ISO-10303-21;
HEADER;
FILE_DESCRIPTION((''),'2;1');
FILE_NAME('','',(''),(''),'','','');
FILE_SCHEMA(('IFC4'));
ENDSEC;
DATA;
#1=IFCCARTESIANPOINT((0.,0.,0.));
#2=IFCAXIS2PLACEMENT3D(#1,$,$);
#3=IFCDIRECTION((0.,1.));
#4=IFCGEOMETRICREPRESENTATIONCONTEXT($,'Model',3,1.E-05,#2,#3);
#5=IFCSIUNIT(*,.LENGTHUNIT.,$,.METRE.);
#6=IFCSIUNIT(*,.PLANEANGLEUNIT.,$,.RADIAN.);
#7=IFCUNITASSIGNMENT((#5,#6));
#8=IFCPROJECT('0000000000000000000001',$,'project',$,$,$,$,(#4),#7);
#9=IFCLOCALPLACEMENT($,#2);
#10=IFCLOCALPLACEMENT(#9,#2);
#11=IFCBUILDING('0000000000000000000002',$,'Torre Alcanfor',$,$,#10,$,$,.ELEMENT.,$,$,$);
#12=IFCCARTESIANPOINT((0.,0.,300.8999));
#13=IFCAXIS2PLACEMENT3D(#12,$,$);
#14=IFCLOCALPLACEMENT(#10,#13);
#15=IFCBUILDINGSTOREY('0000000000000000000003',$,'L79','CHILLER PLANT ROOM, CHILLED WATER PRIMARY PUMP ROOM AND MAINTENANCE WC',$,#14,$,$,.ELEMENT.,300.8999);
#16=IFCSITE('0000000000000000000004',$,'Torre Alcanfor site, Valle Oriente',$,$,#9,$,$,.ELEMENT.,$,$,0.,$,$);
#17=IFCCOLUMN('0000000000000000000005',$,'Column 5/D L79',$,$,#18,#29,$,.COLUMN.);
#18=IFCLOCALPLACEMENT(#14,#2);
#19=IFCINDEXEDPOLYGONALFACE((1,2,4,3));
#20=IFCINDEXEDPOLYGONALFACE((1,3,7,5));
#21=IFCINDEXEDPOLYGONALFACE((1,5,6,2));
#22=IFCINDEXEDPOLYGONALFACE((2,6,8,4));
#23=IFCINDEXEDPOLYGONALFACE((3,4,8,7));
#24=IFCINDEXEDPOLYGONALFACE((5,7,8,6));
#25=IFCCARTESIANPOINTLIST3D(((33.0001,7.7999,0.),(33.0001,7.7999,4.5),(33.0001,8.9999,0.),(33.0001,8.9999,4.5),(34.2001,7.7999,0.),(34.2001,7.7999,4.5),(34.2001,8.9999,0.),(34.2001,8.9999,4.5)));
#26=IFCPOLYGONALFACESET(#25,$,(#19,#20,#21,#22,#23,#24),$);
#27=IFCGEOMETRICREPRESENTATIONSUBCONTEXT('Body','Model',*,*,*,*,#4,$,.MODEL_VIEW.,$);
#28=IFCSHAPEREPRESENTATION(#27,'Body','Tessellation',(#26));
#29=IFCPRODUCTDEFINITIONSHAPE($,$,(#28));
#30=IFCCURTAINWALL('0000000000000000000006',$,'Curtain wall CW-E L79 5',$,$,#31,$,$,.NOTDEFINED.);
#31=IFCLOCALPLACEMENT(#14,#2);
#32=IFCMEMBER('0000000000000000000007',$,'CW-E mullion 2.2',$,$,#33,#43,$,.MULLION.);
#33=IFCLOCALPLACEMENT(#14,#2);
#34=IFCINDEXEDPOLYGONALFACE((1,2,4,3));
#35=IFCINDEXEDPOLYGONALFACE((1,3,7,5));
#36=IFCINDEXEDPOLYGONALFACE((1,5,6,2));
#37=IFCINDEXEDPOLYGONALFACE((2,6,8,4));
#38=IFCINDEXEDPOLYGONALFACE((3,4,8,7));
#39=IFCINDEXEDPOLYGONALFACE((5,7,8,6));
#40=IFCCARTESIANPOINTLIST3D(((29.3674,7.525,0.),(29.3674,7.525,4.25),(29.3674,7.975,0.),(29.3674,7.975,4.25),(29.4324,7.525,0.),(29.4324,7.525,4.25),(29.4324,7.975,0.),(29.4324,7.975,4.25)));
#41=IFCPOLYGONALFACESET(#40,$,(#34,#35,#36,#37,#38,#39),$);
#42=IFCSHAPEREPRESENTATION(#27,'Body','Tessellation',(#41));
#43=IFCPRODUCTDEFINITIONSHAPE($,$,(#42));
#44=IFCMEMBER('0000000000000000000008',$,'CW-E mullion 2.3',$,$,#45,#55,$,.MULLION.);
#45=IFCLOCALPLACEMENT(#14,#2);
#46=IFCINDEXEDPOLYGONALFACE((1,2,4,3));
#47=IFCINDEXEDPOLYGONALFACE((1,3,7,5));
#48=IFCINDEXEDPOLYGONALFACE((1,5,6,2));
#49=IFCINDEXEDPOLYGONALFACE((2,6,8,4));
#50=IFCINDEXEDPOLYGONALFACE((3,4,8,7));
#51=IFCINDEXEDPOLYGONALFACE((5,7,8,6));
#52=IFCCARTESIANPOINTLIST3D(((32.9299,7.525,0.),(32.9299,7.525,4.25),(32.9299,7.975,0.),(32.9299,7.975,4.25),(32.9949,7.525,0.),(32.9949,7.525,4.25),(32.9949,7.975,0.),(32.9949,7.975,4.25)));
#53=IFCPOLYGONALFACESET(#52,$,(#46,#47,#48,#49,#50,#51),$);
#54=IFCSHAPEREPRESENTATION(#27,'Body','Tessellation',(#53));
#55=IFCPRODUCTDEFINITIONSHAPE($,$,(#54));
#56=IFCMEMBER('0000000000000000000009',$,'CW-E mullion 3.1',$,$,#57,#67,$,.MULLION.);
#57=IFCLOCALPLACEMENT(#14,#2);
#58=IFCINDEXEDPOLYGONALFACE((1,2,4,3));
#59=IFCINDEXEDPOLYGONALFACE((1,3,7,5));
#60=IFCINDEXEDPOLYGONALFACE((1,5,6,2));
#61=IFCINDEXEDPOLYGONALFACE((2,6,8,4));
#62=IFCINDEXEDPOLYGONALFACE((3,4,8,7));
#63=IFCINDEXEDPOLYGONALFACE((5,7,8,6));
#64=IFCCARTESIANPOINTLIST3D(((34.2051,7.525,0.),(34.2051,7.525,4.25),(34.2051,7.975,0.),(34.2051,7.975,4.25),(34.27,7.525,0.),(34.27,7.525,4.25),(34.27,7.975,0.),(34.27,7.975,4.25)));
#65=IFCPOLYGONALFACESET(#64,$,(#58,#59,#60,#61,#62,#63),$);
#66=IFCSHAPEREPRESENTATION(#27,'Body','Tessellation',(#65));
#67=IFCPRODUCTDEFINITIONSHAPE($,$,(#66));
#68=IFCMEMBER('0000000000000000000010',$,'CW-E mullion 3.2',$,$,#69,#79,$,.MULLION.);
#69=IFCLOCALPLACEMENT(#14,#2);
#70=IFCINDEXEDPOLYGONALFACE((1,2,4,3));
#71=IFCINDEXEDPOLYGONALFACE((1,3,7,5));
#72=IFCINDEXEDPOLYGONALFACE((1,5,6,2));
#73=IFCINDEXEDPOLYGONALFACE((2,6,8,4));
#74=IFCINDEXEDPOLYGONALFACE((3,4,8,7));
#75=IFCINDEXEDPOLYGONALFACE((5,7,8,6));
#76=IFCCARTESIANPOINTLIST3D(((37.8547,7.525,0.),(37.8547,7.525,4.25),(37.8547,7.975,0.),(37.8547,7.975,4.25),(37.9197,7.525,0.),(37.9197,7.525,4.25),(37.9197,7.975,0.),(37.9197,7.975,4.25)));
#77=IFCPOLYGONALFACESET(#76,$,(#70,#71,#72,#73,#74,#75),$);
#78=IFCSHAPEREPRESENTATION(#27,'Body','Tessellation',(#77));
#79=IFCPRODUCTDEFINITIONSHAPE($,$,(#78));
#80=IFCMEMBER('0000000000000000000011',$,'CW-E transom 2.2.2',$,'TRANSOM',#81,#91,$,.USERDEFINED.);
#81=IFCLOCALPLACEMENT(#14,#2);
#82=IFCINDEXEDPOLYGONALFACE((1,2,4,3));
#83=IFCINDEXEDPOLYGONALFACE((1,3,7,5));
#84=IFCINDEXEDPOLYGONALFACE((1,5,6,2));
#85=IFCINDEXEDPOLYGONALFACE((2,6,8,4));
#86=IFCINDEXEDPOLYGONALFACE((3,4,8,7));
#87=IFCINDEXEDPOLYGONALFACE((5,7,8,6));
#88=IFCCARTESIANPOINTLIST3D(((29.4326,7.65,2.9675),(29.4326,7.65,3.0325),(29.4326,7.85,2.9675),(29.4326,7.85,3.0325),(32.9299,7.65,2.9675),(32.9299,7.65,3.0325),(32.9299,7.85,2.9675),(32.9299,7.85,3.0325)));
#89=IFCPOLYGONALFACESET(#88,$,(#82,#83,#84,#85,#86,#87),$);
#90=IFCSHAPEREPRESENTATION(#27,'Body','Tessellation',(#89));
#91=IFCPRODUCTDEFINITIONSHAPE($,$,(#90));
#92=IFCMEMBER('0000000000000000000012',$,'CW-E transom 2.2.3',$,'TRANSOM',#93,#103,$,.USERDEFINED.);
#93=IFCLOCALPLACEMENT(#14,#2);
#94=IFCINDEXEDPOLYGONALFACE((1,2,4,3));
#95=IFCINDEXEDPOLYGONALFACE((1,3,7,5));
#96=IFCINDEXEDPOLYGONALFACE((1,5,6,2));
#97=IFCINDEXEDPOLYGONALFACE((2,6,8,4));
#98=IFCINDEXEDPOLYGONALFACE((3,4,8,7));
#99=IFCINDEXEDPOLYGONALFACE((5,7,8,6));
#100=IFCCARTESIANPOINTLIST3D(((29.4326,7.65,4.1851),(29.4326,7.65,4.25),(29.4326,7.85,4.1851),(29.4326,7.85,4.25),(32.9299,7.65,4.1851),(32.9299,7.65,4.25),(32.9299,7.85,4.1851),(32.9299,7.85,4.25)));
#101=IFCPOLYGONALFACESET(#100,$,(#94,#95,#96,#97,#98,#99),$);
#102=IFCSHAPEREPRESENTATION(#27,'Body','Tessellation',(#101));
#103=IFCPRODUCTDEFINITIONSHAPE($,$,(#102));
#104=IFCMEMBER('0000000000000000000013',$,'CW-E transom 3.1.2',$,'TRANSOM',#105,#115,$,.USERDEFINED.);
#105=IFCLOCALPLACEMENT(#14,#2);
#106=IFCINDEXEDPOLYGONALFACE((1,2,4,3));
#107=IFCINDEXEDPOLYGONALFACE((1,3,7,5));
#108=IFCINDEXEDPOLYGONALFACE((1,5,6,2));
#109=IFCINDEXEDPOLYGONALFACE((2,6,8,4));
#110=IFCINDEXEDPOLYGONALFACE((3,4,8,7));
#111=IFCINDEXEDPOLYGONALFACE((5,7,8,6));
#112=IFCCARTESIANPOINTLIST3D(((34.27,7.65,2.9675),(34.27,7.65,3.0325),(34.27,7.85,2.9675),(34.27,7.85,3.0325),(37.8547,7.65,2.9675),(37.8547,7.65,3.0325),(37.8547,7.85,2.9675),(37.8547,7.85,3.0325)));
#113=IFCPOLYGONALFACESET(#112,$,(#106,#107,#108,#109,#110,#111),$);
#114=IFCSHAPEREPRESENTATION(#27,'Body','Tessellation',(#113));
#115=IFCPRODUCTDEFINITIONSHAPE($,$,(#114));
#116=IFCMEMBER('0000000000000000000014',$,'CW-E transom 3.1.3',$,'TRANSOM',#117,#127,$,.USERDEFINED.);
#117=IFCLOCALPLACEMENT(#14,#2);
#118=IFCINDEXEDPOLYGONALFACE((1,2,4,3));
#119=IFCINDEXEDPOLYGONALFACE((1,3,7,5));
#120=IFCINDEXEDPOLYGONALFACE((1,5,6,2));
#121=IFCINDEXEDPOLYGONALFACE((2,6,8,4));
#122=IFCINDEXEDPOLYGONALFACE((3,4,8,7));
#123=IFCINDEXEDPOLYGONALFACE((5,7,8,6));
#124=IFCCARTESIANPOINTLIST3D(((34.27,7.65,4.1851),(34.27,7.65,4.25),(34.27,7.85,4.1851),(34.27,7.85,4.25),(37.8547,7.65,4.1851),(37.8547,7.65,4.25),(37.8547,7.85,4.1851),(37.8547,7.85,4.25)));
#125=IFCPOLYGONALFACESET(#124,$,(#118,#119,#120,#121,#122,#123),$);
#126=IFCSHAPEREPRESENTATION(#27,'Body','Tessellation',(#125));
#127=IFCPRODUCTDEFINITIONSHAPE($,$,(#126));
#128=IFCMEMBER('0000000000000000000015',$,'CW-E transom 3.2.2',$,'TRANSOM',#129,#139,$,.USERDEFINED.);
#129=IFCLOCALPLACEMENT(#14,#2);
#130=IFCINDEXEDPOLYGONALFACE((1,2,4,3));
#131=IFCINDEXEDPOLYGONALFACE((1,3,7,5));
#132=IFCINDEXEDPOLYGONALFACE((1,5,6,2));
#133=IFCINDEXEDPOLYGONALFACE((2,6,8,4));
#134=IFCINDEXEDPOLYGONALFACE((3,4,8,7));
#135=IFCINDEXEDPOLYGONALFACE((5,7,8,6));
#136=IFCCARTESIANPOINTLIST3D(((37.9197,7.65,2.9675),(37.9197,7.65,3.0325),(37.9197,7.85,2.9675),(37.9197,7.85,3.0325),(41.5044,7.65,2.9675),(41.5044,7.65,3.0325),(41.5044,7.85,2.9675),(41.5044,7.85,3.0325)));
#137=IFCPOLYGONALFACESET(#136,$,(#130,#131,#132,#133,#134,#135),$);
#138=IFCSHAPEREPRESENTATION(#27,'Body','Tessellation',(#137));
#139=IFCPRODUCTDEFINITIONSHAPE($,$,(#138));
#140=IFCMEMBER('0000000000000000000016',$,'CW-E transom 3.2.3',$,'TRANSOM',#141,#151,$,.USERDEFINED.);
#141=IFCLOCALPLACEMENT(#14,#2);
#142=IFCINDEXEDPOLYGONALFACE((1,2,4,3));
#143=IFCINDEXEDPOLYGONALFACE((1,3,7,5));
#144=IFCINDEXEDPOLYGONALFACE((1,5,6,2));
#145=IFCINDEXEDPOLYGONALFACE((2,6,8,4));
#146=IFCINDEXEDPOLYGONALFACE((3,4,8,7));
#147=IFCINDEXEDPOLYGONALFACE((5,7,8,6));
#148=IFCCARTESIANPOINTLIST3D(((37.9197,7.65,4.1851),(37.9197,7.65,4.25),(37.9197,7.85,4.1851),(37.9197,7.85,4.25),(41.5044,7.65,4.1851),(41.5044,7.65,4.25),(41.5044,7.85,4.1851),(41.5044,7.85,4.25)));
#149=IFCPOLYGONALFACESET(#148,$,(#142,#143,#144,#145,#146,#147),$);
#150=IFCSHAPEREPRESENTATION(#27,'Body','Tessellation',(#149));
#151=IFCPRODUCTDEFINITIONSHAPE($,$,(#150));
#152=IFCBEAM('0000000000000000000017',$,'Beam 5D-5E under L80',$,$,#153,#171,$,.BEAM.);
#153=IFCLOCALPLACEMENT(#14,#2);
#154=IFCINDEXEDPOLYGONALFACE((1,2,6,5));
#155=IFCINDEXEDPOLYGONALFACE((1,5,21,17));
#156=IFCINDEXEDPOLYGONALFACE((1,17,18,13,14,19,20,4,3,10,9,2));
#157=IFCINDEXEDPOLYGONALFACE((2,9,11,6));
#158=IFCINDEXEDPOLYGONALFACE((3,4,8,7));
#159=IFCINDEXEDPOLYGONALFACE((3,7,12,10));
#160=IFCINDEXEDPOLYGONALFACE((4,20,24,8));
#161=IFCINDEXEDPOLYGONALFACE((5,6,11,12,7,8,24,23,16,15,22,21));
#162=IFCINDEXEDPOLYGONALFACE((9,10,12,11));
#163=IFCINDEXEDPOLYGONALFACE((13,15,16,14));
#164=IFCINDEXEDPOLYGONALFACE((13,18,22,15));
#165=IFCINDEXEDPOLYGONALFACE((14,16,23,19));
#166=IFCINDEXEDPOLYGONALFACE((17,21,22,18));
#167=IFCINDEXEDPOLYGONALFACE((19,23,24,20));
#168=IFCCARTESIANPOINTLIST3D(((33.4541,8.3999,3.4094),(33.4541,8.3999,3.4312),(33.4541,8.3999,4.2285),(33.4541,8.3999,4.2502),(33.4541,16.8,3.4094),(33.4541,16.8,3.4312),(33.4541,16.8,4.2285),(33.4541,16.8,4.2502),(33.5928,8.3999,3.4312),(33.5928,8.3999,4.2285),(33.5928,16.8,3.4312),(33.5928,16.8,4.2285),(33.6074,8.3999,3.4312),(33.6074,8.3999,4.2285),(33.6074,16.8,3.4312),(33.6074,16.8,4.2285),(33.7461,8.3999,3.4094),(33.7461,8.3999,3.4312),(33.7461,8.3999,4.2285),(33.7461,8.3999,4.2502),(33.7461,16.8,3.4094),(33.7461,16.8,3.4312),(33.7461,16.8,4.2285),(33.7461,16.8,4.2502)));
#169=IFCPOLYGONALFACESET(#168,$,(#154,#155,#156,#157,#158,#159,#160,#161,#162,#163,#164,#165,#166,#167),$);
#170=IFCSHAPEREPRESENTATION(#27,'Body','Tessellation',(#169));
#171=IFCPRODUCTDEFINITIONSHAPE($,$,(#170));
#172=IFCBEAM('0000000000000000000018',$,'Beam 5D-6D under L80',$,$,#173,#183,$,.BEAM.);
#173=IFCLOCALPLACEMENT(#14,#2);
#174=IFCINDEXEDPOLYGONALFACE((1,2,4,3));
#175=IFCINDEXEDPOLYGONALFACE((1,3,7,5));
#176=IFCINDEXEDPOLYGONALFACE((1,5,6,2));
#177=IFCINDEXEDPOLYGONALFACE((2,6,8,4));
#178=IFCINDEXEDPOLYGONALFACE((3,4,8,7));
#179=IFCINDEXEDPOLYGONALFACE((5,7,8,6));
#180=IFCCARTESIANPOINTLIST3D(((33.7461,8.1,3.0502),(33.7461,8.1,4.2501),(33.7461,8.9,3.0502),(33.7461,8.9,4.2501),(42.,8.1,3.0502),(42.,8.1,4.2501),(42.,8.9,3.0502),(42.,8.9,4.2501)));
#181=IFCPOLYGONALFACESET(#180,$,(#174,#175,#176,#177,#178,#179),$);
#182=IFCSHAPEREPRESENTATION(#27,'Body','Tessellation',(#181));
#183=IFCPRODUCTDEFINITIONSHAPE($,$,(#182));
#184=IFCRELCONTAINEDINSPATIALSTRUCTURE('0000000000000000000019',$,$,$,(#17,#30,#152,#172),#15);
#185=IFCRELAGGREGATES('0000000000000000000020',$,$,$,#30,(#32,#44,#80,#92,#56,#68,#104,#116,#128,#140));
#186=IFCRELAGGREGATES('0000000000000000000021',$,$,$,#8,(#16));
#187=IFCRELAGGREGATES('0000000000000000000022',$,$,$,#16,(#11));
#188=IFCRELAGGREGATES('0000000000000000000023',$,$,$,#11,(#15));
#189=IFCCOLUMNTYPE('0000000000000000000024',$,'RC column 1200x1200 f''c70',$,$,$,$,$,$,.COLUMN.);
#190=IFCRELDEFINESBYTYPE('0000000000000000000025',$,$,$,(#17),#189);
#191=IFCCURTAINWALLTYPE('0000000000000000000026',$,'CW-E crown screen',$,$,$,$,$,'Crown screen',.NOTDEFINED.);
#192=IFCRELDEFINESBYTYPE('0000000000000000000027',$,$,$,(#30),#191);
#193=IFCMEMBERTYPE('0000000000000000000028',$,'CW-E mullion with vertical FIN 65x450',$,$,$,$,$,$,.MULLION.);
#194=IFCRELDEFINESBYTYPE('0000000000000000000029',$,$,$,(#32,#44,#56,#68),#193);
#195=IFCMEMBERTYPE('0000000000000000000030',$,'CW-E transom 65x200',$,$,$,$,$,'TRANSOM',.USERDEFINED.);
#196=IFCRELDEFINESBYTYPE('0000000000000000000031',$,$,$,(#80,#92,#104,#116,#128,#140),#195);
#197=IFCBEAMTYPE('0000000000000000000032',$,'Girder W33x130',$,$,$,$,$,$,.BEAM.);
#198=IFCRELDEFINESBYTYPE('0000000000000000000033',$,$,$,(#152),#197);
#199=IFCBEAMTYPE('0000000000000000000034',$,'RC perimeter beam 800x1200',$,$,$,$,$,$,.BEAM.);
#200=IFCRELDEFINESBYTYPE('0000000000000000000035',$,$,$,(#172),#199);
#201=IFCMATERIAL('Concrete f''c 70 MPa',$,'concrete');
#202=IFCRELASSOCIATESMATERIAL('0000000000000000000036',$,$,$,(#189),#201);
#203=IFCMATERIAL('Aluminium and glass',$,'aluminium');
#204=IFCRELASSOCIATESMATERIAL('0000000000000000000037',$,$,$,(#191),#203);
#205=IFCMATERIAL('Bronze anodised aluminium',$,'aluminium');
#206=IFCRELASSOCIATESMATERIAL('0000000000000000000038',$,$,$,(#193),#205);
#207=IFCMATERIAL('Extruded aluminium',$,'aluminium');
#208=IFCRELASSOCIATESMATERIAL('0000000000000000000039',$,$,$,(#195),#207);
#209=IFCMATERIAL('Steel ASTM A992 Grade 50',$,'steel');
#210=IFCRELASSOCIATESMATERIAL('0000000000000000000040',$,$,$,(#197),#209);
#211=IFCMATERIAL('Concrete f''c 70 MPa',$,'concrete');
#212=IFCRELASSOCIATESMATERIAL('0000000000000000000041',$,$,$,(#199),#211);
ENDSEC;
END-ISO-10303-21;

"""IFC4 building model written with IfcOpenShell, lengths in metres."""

from ifc_helpers import new_model, si_unit, direction, frame, origin, origin_2d, place, context, subcontext, project, spatial, rectangle, i_section, extrude, material, material_profile, profile_set, type_object, element, aggregate, save


model = new_model("IFC4")

# Units and contexts
model_context = context("Model", 3, precision=1e-05, world=origin(), true_north=direction((0.0, 1.0)))
body_context = subcontext(model_context, "Body", "Model", "MODEL_VIEW")
ifc_project = project(units=[si_unit("LENGTHUNIT", "METRE"), si_unit("PLANEANGLEUNIT", "RADIAN")], contexts=[model_context])

# Site, building, storey
site_placement = place(None, origin())
site = spatial("IfcSite", under=ifc_project, at=site_placement, Name="Torre Alcanfor site, Valle Oriente", CompositionType="ELEMENT", RefElevation=0.0)
building_placement = place(site_placement, origin())
building = spatial("IfcBuilding", under=site, at=building_placement, Name="Torre Alcanfor", CompositionType="ELEMENT")
storey_placement = place(building_placement, frame((0.0, 0.0, 300.8999)))
storey = spatial("IfcBuildingStorey", under=building, at=storey_placement, Name="L79", Description="CHILLER PLANT ROOM, CHILLED WATER PRIMARY PUMP ROOM AND MAINTENANCE WC", CompositionType="ELEMENT", Elevation=300.8999)

# Column
ifc_material_1 = material(Name="Concrete f'c 70 MPa", Category="concrete")
ifc_material_profile_1 = material_profile(ifc_material_1, rectangle(XDim=1.2, YDim=1.2, at=origin_2d()), Name="1200x1200")
ifc_profile_set_1 = profile_set([ifc_material_profile_1], Name="Concrete f'c 70 MPa")
column_type = type_object("IfcColumnType", Name="RC column 1200x1200 f'c70", PredefinedType="COLUMN", material=ifc_profile_set_1)
column_placement = place(storey_placement, frame((33.6001, 8.3999, 0.0), z_axis=(0.0, 0.0, 1.0), x_axis=(1.0, 0.0, 0.0)))
element("IfcColumn", 1, at=column_placement, inside=storey, type_object=column_type, Name="Column 5/D L79", PredefinedType="COLUMN", context=body_context, shape_type="SweptSolid", body=[
    extrude(rectangle(XDim=1.2, YDim=1.2, at=origin_2d()), origin(), (0.0, 0.0, 1.0), 4.5),
])

# Curtain wall, members
ifc_material_2 = material(Name="Aluminium and glass", Category="aluminium")
curtain_wall_type = type_object("IfcCurtainWallType", Name="CW-E crown screen", ElementType="Crown screen", PredefinedType="NOTDEFINED", material=ifc_material_2)
curtain_wall_placement = place(storey_placement, origin())
curtain_wall = element("IfcCurtainWall", 2, at=curtain_wall_placement, inside=storey, type_object=curtain_wall_type, Name="Curtain wall CW-E L79 5", PredefinedType="NOTDEFINED")
ifc_material_3 = material(Name="Bronze anodised aluminium", Category="aluminium")
ifc_material_profile_2 = material_profile(ifc_material_3, rectangle(XDim=0.45, YDim=0.0649, at=origin_2d()), Name="CW-E mullion 65x450")
ifc_profile_set_2 = profile_set([ifc_material_profile_2], Name="Bronze anodised aluminium")
member_type_1 = type_object("IfcMemberType", Name="CW-E mullion with vertical FIN 65x450", PredefinedType="MULLION", material=ifc_profile_set_2)
member_1_placement = place(storey_placement, frame((29.3999, 7.75, 0.0), z_axis=(0.0, 0.0, 1.0), x_axis=(0.0, 1.0, 0.0)))
member_1 = element("IfcMember", 3, at=member_1_placement, type_object=member_type_1, Name="CW-E mullion 2.2", PredefinedType="MULLION", context=body_context, shape_type="SweptSolid", body=[
    extrude(rectangle(XDim=0.45, YDim=0.0649, at=origin_2d()), origin(), (0.0, 0.0, 1.0), 4.25),
])
member_2_placement = place(storey_placement, frame((32.9624, 7.75, 0.0), z_axis=(0.0, 0.0, 1.0), x_axis=(0.0, 1.0, 0.0)))
member_2 = element("IfcMember", 4, at=member_2_placement, type_object=member_type_1, Name="CW-E mullion 2.3", PredefinedType="MULLION", context=body_context, shape_type="SweptSolid", body=[
    extrude(rectangle(XDim=0.45, YDim=0.0649, at=origin_2d()), origin(), (0.0, 0.0, 1.0), 4.25),
])
member_3_placement = place(storey_placement, frame((34.2375, 7.75, 0.0), z_axis=(0.0, 0.0, 1.0), x_axis=(0.0, 1.0, 0.0)))
member_3 = element("IfcMember", 5, at=member_3_placement, type_object=member_type_1, Name="CW-E mullion 3.1", PredefinedType="MULLION", context=body_context, shape_type="SweptSolid", body=[
    extrude(rectangle(XDim=0.45, YDim=0.0649, at=origin_2d()), origin(), (0.0, 0.0, 1.0), 4.25),
])
member_4_placement = place(storey_placement, frame((37.8872, 7.75, 0.0), z_axis=(0.0, 0.0, 1.0), x_axis=(0.0, 1.0, 0.0)))
member_4 = element("IfcMember", 6, at=member_4_placement, type_object=member_type_1, Name="CW-E mullion 3.2", PredefinedType="MULLION", context=body_context, shape_type="SweptSolid", body=[
    extrude(rectangle(XDim=0.45, YDim=0.0649, at=origin_2d()), origin(), (0.0, 0.0, 1.0), 4.25),
])
ifc_material_4 = material(Name="Extruded aluminium", Category="aluminium")
ifc_material_profile_3 = material_profile(ifc_material_4, rectangle(XDim=0.2, YDim=0.0649, at=origin_2d()), Name="CW-E transom 200x65")
ifc_profile_set_3 = profile_set([ifc_material_profile_3], Name="Extruded aluminium")
member_type_2 = type_object("IfcMemberType", Name="CW-E transom 65x200", ElementType="TRANSOM", PredefinedType="USERDEFINED", material=ifc_profile_set_3)
member_5_placement = place(storey_placement, frame((29.4326, 7.75, 3.0), z_axis=(1.0, 0.0, 0.0), x_axis=(0.0, 1.0, 0.0)))
member_5 = element("IfcMember", 7, at=member_5_placement, type_object=member_type_2, Name="CW-E transom 2.2.2", ObjectType="TRANSOM", PredefinedType="USERDEFINED", context=body_context, shape_type="SweptSolid", body=[
    extrude(rectangle(XDim=0.2, YDim=0.0649, at=origin_2d()), origin(), (0.0, 0.0, 1.0), 3.4973),
])
member_6_placement = place(storey_placement, frame((29.4326, 7.75, 4.2175), z_axis=(1.0, 0.0, 0.0), x_axis=(0.0, 1.0, 0.0)))
member_6 = element("IfcMember", 8, at=member_6_placement, type_object=member_type_2, Name="CW-E transom 2.2.3", ObjectType="TRANSOM", PredefinedType="USERDEFINED", context=body_context, shape_type="SweptSolid", body=[
    extrude(rectangle(XDim=0.2, YDim=0.0649, at=origin_2d()), origin(), (0.0, 0.0, 1.0), 3.4973),
])
member_7_placement = place(storey_placement, frame((34.27, 7.75, 3.0), z_axis=(1.0, 0.0, 0.0), x_axis=(0.0, 1.0, 0.0)))
member_7 = element("IfcMember", 9, at=member_7_placement, type_object=member_type_2, Name="CW-E transom 3.1.2", ObjectType="TRANSOM", PredefinedType="USERDEFINED", context=body_context, shape_type="SweptSolid", body=[
    extrude(rectangle(XDim=0.2, YDim=0.0649, at=origin_2d()), origin(), (0.0, 0.0, 1.0), 3.5847),
])
member_8_placement = place(storey_placement, frame((34.27, 7.75, 4.2175), z_axis=(1.0, 0.0, 0.0), x_axis=(0.0, 1.0, 0.0)))
member_8 = element("IfcMember", 10, at=member_8_placement, type_object=member_type_2, Name="CW-E transom 3.1.3", ObjectType="TRANSOM", PredefinedType="USERDEFINED", context=body_context, shape_type="SweptSolid", body=[
    extrude(rectangle(XDim=0.2, YDim=0.0649, at=origin_2d()), origin(), (0.0, 0.0, 1.0), 3.5847),
])
member_9_placement = place(storey_placement, frame((37.9197, 7.75, 3.0), z_axis=(1.0, 0.0, 0.0), x_axis=(0.0, 1.0, 0.0)))
member_9 = element("IfcMember", 11, at=member_9_placement, type_object=member_type_2, Name="CW-E transom 3.2.2", ObjectType="TRANSOM", PredefinedType="USERDEFINED", context=body_context, shape_type="SweptSolid", body=[
    extrude(rectangle(XDim=0.2, YDim=0.0649, at=origin_2d()), origin(), (0.0, 0.0, 1.0), 3.5847),
])
member_10_placement = place(storey_placement, frame((37.9197, 7.75, 4.2175), z_axis=(1.0, 0.0, 0.0), x_axis=(0.0, 1.0, 0.0)))
member_10 = element("IfcMember", 12, at=member_10_placement, type_object=member_type_2, Name="CW-E transom 3.2.3", ObjectType="TRANSOM", PredefinedType="USERDEFINED", context=body_context, shape_type="SweptSolid", body=[
    extrude(rectangle(XDim=0.2, YDim=0.0649, at=origin_2d()), origin(), (0.0, 0.0, 1.0), 3.5847),
])

# Beams
ifc_material_5 = material(Name="Steel ASTM A992 Grade 50", Category="steel")
ifc_material_profile_4 = material_profile(ifc_material_5, i_section(OverallWidth=0.292, OverallDepth=0.8408, WebThickness=0.0146, FlangeThickness=0.0217, at=origin_2d()), Name="W33x130")
ifc_profile_set_4 = profile_set([ifc_material_profile_4], Name="Steel ASTM A992 Grade 50")
beam_type_1 = type_object("IfcBeamType", Name="Girder W33x130", PredefinedType="BEAM", material=ifc_profile_set_4)
beam_1_placement = place(storey_placement, frame((33.6001, 8.3999, 3.8298), z_axis=(0.0, 1.0, 0.0), x_axis=(-1.0, 0.0, 0.0)))
element("IfcBeam", 13, at=beam_1_placement, inside=storey, type_object=beam_type_1, Name="Beam 5D-5E under L80", PredefinedType="BEAM", context=body_context, shape_type="SweptSolid", body=[
    extrude(i_section(OverallWidth=0.292, OverallDepth=0.8408, WebThickness=0.0146, FlangeThickness=0.0217, at=origin_2d()), origin(), (0.0, 0.0, 1.0), 8.4001),
])
ifc_material_6 = material(Name="Concrete f'c 70 MPa", Category="concrete")
ifc_material_profile_5 = material_profile(ifc_material_6, rectangle(XDim=0.8, YDim=1.2, at=origin_2d()), Name="800x1200")
ifc_profile_set_5 = profile_set([ifc_material_profile_5], Name="Concrete f'c 70 MPa")
beam_type_2 = type_object("IfcBeamType", Name="RC perimeter beam 800x1200", PredefinedType="BEAM", material=ifc_profile_set_5)
beam_2_placement = place(storey_placement, frame((33.7461, 8.5, 3.6501), z_axis=(1.0, 0.0, 0.0), x_axis=(0.0, 1.0, 0.0)))
element("IfcBeam", 14, at=beam_2_placement, inside=storey, type_object=beam_type_2, Name="Beam 5D-6D under L80", PredefinedType="BEAM", context=body_context, shape_type="SweptSolid", body=[
    extrude(rectangle(XDim=0.8, YDim=1.2, at=origin_2d()), origin(), (0.0, 0.0, 1.0), 8.2539),
])

aggregate(curtain_wall, [member_1, member_2, member_5, member_6, member_3, member_4, member_7, member_8, member_9, member_10])

save(model, "model.ifc")
